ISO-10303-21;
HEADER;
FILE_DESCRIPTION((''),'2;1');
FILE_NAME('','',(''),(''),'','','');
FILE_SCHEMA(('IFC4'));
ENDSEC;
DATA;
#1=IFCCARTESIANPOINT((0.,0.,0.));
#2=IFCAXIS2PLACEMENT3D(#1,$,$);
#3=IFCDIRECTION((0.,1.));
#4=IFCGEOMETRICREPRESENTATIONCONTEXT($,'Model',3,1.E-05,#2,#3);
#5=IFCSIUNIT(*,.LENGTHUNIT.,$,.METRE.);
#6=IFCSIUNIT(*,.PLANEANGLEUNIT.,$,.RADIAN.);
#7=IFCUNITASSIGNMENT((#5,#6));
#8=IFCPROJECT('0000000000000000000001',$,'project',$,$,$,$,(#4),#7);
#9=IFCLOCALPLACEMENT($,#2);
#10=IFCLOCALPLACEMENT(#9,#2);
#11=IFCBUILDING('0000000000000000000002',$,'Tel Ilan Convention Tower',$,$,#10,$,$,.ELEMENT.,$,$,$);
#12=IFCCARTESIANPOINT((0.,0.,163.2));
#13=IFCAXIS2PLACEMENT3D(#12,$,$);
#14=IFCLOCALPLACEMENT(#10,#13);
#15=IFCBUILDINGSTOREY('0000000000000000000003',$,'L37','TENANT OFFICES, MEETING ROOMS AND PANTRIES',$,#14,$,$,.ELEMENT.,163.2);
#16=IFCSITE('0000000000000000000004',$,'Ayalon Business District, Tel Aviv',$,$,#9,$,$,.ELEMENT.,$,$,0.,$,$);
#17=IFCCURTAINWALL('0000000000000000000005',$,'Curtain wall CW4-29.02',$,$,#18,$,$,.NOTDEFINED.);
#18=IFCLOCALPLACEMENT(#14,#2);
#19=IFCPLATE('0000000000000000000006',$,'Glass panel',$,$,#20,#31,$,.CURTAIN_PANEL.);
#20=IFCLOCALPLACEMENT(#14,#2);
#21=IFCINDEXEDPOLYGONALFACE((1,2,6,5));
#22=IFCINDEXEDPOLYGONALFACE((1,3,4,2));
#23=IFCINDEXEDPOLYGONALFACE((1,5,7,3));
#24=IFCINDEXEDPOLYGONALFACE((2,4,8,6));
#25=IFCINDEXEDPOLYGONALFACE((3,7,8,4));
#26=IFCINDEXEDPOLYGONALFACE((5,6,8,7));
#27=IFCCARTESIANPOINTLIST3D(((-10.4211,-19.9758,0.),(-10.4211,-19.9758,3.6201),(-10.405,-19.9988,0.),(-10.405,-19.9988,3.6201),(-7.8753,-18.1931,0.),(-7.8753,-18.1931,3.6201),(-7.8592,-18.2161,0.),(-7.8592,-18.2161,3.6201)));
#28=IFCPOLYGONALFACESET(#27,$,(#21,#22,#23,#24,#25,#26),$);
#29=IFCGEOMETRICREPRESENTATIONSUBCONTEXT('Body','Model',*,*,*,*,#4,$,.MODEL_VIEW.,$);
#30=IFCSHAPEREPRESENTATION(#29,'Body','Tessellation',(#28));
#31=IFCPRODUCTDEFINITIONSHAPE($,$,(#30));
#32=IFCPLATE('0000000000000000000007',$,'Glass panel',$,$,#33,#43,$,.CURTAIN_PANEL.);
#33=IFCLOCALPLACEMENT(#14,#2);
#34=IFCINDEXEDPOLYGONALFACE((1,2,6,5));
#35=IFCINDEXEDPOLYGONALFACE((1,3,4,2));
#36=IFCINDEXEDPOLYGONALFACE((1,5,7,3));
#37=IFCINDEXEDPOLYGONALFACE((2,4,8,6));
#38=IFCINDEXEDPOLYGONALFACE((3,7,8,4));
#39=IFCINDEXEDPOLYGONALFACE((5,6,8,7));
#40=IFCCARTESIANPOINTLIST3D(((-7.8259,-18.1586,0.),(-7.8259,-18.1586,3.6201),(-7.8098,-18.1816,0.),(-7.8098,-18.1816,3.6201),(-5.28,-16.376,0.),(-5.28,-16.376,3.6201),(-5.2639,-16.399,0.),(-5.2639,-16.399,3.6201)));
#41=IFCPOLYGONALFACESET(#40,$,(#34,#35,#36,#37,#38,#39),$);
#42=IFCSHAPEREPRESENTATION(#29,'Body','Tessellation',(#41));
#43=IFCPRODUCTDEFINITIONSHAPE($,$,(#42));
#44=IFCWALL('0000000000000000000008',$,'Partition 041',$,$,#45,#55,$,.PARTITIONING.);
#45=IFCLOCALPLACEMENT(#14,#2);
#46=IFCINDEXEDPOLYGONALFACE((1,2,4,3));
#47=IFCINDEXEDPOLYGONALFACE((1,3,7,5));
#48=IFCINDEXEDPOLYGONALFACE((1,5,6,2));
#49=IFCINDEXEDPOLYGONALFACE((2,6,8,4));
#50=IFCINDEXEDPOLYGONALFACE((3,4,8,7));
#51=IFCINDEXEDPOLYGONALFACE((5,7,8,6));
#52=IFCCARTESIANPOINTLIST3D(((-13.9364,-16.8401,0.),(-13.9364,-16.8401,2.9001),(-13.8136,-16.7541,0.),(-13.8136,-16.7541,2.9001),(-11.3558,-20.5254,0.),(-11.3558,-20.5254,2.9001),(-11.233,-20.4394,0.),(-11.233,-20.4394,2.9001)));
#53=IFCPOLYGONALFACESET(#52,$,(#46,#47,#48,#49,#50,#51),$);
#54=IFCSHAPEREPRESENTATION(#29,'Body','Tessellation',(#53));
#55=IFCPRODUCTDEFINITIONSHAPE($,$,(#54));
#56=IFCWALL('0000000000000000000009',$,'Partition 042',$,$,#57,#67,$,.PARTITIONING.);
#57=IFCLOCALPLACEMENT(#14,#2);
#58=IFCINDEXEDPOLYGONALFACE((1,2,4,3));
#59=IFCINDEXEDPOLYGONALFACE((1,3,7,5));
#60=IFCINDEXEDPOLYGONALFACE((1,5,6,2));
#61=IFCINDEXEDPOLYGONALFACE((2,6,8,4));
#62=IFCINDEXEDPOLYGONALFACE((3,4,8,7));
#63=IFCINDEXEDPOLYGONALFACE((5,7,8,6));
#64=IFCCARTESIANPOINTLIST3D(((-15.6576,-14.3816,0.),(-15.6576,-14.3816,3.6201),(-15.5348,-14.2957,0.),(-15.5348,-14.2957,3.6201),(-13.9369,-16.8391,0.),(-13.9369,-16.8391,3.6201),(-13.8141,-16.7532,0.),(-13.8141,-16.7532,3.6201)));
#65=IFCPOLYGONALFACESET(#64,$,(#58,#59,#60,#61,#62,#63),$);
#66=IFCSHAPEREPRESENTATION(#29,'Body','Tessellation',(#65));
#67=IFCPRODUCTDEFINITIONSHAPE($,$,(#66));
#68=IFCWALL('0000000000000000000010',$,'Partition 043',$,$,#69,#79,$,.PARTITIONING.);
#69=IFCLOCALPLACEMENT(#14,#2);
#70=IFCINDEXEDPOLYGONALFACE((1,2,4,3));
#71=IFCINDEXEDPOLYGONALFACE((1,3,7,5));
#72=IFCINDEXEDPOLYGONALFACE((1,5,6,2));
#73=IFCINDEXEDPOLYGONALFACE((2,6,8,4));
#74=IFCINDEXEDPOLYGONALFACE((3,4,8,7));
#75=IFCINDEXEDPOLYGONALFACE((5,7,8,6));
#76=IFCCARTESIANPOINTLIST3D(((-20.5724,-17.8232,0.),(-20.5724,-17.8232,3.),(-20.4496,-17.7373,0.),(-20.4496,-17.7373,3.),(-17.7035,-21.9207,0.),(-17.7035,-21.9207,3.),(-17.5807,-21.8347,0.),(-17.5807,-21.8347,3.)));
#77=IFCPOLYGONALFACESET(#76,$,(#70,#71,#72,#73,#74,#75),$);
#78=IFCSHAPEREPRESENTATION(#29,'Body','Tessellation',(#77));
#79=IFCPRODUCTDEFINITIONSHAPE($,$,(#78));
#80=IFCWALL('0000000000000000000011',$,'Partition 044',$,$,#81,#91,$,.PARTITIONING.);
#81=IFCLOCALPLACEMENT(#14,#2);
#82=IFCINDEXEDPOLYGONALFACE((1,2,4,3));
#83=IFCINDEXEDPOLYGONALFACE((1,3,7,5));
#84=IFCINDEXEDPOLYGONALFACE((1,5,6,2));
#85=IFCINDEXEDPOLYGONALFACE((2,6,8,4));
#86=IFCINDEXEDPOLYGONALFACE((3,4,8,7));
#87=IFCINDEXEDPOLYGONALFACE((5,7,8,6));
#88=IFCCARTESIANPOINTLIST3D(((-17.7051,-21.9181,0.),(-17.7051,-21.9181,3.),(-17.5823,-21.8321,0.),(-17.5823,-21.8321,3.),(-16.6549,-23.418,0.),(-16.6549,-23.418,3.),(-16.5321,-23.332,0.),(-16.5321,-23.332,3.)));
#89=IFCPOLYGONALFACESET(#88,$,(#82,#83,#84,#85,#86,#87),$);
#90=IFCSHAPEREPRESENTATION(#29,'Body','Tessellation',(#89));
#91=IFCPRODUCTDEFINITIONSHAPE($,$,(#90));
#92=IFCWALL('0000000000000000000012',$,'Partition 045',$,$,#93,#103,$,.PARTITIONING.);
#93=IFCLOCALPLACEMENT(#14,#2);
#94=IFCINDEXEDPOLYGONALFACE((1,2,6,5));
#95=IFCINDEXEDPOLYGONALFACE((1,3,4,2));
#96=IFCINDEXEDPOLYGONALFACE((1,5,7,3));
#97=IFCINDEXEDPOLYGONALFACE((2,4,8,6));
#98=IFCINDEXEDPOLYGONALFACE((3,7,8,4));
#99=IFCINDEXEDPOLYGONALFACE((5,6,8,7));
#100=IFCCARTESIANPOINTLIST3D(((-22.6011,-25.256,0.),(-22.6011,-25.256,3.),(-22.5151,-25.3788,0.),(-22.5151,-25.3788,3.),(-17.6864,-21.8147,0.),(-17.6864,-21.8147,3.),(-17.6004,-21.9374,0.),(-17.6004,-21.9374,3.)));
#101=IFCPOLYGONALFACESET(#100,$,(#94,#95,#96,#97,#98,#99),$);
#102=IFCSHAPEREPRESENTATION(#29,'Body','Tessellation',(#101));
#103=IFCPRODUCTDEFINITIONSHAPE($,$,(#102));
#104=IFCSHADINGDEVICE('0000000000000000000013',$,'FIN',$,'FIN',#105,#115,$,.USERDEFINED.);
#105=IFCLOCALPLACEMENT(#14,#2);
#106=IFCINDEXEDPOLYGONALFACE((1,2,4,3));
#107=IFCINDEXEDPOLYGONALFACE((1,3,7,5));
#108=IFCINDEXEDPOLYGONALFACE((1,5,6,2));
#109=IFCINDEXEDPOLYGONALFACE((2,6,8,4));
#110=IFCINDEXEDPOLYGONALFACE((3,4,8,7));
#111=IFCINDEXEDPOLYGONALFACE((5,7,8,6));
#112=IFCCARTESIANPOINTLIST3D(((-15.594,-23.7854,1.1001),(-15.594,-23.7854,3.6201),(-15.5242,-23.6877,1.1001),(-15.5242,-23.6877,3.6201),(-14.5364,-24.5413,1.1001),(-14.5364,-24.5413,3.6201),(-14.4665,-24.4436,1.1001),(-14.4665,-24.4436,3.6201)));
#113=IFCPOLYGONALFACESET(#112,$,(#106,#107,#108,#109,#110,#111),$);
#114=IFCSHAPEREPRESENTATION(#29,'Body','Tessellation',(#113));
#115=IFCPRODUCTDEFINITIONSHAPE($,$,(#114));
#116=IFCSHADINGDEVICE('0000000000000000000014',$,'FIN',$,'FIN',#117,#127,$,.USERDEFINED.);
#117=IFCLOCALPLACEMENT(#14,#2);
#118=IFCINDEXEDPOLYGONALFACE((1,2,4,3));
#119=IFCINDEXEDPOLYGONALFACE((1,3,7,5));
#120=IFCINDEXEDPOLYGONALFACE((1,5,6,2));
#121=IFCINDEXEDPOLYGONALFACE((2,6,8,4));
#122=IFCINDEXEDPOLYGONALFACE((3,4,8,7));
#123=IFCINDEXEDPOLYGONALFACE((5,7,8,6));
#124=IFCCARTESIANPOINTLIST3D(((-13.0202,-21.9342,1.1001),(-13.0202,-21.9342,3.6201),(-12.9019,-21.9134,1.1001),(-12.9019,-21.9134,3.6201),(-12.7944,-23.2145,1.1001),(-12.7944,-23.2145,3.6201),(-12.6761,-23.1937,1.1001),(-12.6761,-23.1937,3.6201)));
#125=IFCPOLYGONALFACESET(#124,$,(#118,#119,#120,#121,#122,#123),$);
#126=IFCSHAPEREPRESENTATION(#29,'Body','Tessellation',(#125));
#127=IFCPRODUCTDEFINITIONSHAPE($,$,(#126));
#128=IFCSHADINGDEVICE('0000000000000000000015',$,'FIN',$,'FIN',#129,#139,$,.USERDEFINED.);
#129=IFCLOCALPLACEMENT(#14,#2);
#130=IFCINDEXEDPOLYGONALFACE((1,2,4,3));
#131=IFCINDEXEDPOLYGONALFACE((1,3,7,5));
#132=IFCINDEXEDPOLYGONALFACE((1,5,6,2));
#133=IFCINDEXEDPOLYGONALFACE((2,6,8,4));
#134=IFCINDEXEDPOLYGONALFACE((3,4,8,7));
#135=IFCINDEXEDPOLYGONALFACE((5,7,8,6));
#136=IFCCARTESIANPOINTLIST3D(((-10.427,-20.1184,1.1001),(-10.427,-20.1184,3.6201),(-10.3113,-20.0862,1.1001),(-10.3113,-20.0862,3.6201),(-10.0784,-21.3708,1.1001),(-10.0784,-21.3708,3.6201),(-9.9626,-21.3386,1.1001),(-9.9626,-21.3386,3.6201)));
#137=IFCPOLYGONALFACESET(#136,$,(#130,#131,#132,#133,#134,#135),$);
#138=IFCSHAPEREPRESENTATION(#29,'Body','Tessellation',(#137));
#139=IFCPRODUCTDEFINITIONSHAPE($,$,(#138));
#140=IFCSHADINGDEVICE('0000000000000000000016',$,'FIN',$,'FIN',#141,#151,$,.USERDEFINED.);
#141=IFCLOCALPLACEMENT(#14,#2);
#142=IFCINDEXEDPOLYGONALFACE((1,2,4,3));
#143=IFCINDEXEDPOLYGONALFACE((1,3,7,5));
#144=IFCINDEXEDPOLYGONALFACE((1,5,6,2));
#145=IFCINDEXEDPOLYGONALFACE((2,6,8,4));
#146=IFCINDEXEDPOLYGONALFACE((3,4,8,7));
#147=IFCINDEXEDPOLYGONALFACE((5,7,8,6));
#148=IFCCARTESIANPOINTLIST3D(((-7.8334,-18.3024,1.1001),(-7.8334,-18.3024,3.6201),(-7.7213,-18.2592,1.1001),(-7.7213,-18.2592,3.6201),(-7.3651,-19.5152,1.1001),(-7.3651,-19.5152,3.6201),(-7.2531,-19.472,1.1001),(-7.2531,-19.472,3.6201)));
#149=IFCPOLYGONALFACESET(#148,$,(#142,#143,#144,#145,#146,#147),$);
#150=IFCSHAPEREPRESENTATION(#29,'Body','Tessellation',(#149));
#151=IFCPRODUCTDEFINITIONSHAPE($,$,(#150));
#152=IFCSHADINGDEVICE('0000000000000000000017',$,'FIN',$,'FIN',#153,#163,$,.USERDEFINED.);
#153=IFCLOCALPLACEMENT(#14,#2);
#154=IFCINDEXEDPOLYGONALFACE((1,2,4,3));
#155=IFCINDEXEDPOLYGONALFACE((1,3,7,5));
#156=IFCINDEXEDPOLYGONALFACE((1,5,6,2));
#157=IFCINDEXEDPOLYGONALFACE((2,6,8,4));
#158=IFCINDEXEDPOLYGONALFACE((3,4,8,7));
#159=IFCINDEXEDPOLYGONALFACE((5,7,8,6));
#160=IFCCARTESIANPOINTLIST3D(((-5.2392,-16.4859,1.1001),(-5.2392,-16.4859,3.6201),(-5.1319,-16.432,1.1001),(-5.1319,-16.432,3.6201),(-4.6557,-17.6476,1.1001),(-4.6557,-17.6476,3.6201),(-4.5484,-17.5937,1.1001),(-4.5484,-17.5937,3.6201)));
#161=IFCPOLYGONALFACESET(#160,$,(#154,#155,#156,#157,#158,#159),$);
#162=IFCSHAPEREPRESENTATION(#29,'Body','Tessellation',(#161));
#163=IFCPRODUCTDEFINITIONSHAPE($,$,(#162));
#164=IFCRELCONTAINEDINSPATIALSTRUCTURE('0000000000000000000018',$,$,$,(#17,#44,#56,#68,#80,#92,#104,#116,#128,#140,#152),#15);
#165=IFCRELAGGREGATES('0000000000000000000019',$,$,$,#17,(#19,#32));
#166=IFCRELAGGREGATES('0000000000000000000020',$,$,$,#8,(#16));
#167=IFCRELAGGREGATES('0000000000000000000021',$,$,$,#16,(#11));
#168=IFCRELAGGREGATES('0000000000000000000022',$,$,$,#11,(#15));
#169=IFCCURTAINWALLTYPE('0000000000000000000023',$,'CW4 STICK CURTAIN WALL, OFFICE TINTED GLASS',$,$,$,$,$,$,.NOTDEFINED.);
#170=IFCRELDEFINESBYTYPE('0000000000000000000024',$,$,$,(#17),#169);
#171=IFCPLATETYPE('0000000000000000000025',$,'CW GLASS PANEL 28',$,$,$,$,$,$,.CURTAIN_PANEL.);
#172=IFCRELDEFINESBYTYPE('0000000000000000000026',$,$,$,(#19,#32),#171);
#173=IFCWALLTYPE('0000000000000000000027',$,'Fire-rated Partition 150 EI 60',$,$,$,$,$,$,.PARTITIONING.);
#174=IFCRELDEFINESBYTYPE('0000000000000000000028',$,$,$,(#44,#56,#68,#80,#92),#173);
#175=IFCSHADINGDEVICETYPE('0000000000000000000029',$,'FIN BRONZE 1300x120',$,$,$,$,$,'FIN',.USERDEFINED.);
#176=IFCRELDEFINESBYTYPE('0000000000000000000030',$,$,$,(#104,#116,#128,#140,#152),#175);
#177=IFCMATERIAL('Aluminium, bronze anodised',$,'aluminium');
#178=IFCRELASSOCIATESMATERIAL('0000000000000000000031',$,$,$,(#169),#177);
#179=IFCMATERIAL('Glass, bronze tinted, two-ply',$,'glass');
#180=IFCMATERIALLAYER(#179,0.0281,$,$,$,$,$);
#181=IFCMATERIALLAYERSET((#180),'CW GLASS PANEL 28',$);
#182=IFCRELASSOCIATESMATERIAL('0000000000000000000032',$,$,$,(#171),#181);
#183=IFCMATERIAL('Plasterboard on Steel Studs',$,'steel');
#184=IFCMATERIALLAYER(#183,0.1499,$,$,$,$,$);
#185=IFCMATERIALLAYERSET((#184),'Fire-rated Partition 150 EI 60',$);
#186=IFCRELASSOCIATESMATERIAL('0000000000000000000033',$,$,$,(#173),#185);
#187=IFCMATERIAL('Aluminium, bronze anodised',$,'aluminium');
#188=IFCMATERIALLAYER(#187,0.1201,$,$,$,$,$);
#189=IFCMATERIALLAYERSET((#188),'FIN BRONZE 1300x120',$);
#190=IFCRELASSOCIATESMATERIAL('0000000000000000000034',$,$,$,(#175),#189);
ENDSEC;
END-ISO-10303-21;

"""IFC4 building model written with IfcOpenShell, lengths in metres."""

from ifc_helpers import new_model, si_unit, direction, frame, frame_2d, origin, origin_2d, place, context, subcontext, project, spatial, rectangle, extrude, material, layer, layer_set, type_object, element, aggregate, save


model = new_model("IFC4")

# Units and contexts
model_context = context("Model", 3, precision=1e-05, world=origin(), true_north=direction((0.0, 1.0)))
body_context = subcontext(model_context, "Body", "Model", "MODEL_VIEW")
ifc_project = project(units=[si_unit("LENGTHUNIT", "METRE"), si_unit("PLANEANGLEUNIT", "RADIAN")], contexts=[model_context])

# Site, building, storey
site_placement = place(None, origin())
site = spatial("IfcSite", under=ifc_project, at=site_placement, Name="Ayalon Business District, Tel Aviv", CompositionType="ELEMENT", RefElevation=0.0)
building_placement = place(site_placement, origin())
building = spatial("IfcBuilding", under=site, at=building_placement, Name="Tel Ilan Convention Tower", CompositionType="ELEMENT")
storey_placement = place(building_placement, frame((0.0, 0.0, 163.2)))
storey = spatial("IfcBuildingStorey", under=building, at=storey_placement, Name="L37", Description="TENANT OFFICES, MEETING ROOMS AND PANTRIES", CompositionType="ELEMENT", Elevation=163.2)

# Curtain wall, plates
ifc_material_1 = material(Name="Aluminium, bronze anodised", Category="aluminium")
curtain_wall_type = type_object("IfcCurtainWallType", Name="CW4 STICK CURTAIN WALL, OFFICE TINTED GLASS", PredefinedType="NOTDEFINED", material=ifc_material_1)
curtain_wall_placement = place(storey_placement, origin())
curtain_wall = element("IfcCurtainWall", 1, at=curtain_wall_placement, inside=storey, type_object=curtain_wall_type, Name="Curtain wall CW4-29.02", PredefinedType="NOTDEFINED")
ifc_material_2 = material(Name="Glass, bronze tinted, two-ply", Category="glass")
ifc_layer_1 = layer(ifc_material_2, 0.0281)
ifc_layer_set_1 = layer_set([ifc_layer_1], Name="CW GLASS PANEL 28")
plate_type = type_object("IfcPlateType", Name="CW GLASS PANEL 28", PredefinedType="CURTAIN_PANEL", material=ifc_layer_set_1)
plate_1_placement = place(storey_placement, frame((-9.1401, -19.0959, 0.0), z_axis=(0.0, 0.0, 1.0), x_axis=(0.819152, 0.573576, 0.0)))
plate_1 = element("IfcPlate", 2, at=plate_1_placement, type_object=plate_type, Name="Glass panel", PredefinedType="CURTAIN_PANEL", context=body_context, shape_type="SweptSolid", body=[
    extrude(rectangle(XDim=3.1079, YDim=0.0281, at=origin_2d()), origin(), (0.0, 0.0, 1.0), 3.6201),
])
plate_2_placement = place(storey_placement, frame((-6.5449, -17.2788, 0.0), z_axis=(0.0, 0.0, 1.0), x_axis=(0.819152, 0.573576, 0.0)))
plate_2 = element("IfcPlate", 3, at=plate_2_placement, type_object=plate_type, Name="Glass panel", PredefinedType="CURTAIN_PANEL", context=body_context, shape_type="SweptSolid", body=[
    extrude(rectangle(XDim=3.1079, YDim=0.0281, at=origin_2d()), origin(), (0.0, 0.0, 1.0), 3.6201),
])
aggregate(curtain_wall, [plate_1, plate_2])

# Walls
ifc_material_3 = material(Name="Plasterboard on Steel Studs", Category="steel")
ifc_layer_2 = layer(ifc_material_3, 0.1499)
ifc_layer_set_2 = layer_set([ifc_layer_2], Name="Fire-rated Partition 150 EI 60")
wall_type = type_object("IfcWallType", Name="Fire-rated Partition 150 EI 60", PredefinedType="PARTITIONING", material=ifc_layer_set_2)
wall_1_placement = place(storey_placement, frame((-11.2944, -20.4824, 0.0), z_axis=(0.0, 0.0, 1.0), x_axis=(-0.57359, 0.819143, 0.0)))
element("IfcWall", 4, at=wall_1_placement, inside=storey, type_object=wall_type, Name="Partition 041", PredefinedType="PARTITIONING", context=body_context, shape_type="SweptSolid", body=[
    extrude(rectangle(XDim=4.499, YDim=0.1499, at=frame_2d((2.2495, 0.0))), origin(), (0.0, 0.0, 1.0), 2.9001),
])
wall_2_placement = place(storey_placement, frame((-13.8755, -16.7961, 0.0), z_axis=(0.0, 0.0, 1.0), x_axis=(-0.573561, 0.819163, 0.0)))
element("IfcWall", 5, at=wall_2_placement, inside=storey, type_object=wall_type, Name="Partition 042", PredefinedType="PARTITIONING", context=body_context, shape_type="SweptSolid", body=[
    extrude(rectangle(XDim=3.0, YDim=0.1499, at=frame_2d((1.5, 0.0))), origin(), (0.0, 0.0, 1.0), 3.6201),
])
wall_3_placement = place(storey_placement, frame((-17.6421, -21.8777, 0.0), z_axis=(0.0, 0.0, 1.0), x_axis=(-0.573557, 0.819165, 0.0)))
element("IfcWall", 6, at=wall_3_placement, inside=storey, type_object=wall_type, Name="Partition 043", PredefinedType="PARTITIONING", context=body_context, shape_type="SweptSolid", body=[
    extrude(rectangle(XDim=5.002, YDim=0.1499, at=frame_2d((2.501, 0.0))), origin(), (0.0, 0.0, 1.0), 3.0),
])
wall_4_placement = place(storey_placement, frame((-16.5935, -23.375, 0.0), z_axis=(0.0, 0.0, 1.0), x_axis=(-0.57357, 0.819157, 0.0)))
element("IfcWall", 7, at=wall_4_placement, inside=storey, type_object=wall_type, Name="Partition 044", PredefinedType="PARTITIONING", context=body_context, shape_type="SweptSolid", body=[
    extrude(rectangle(XDim=1.8311, YDim=0.1499, at=frame_2d((0.9155, 0.0))), origin(), (0.0, 0.0, 1.0), 3.0),
])
wall_5_placement = place(storey_placement, frame((-17.6433, -21.876, 0.0), z_axis=(0.0, 0.0, 1.0), x_axis=(-0.81915, -0.57358, 0.0)))
element("IfcWall", 8, at=wall_5_placement, inside=storey, type_object=wall_type, Name="Partition 045", PredefinedType="PARTITIONING", context=body_context, shape_type="SweptSolid", body=[
    extrude(rectangle(XDim=5.9998, YDim=0.1499, at=frame_2d((3.0, 0.0))), origin(), (0.0, 0.0, 1.0), 3.0),
])

# Shading devices
ifc_material_4 = material(Name="Aluminium, bronze anodised", Category="aluminium")
ifc_layer_3 = layer(ifc_material_4, 0.1201)
ifc_layer_set_3 = layer_set([ifc_layer_3], Name="FIN BRONZE 1300x120")
shading_device_type = type_object("IfcShadingDeviceType", Name="FIN BRONZE 1300x120", ElementType="FIN", PredefinedType="USERDEFINED", material=ifc_layer_set_3)
for number, where, z_axis, x_axis, name in (
    (9, (-15.0303, -24.1145, 1.1001), (0.0, 0.0, 1.0), (0.813552, -0.581492, 0.0), "FIN"),
    (10, (-12.8481, -22.564, 1.1001), (0.0, 0.0, 1.0), (0.173648, -0.984808, 0.0), "FIN"),
    (11, (-10.1948, -20.7285, 1.1001), (0.0, 0.0, 1.0), (0.268173, -0.963371, 0.0), "FIN"),
    (12, (-7.5432, -18.8872, 1.1001), (0.0, 0.0, 1.0), (0.360178, -0.932884, 0.0), "FIN"),
    (13, (-4.8938, -17.0398, 1.1001), (0.0, 0.0, 1.0), (0.448799, -0.893633, 0.0), "FIN"),
):
    element("IfcShadingDevice", number, at=place(storey_placement, frame(where, z_axis=z_axis, x_axis=x_axis)), inside=storey, type_object=shading_device_type, Name=name, ObjectType="FIN", PredefinedType="USERDEFINED", context=body_context, shape_type="SweptSolid", body=[
        extrude(rectangle(XDim=1.3, YDim=0.1201, at=origin_2d()), origin(), (0.0, 0.0, 1.0), 2.52),
    ])

save(model, "model.ifc")
